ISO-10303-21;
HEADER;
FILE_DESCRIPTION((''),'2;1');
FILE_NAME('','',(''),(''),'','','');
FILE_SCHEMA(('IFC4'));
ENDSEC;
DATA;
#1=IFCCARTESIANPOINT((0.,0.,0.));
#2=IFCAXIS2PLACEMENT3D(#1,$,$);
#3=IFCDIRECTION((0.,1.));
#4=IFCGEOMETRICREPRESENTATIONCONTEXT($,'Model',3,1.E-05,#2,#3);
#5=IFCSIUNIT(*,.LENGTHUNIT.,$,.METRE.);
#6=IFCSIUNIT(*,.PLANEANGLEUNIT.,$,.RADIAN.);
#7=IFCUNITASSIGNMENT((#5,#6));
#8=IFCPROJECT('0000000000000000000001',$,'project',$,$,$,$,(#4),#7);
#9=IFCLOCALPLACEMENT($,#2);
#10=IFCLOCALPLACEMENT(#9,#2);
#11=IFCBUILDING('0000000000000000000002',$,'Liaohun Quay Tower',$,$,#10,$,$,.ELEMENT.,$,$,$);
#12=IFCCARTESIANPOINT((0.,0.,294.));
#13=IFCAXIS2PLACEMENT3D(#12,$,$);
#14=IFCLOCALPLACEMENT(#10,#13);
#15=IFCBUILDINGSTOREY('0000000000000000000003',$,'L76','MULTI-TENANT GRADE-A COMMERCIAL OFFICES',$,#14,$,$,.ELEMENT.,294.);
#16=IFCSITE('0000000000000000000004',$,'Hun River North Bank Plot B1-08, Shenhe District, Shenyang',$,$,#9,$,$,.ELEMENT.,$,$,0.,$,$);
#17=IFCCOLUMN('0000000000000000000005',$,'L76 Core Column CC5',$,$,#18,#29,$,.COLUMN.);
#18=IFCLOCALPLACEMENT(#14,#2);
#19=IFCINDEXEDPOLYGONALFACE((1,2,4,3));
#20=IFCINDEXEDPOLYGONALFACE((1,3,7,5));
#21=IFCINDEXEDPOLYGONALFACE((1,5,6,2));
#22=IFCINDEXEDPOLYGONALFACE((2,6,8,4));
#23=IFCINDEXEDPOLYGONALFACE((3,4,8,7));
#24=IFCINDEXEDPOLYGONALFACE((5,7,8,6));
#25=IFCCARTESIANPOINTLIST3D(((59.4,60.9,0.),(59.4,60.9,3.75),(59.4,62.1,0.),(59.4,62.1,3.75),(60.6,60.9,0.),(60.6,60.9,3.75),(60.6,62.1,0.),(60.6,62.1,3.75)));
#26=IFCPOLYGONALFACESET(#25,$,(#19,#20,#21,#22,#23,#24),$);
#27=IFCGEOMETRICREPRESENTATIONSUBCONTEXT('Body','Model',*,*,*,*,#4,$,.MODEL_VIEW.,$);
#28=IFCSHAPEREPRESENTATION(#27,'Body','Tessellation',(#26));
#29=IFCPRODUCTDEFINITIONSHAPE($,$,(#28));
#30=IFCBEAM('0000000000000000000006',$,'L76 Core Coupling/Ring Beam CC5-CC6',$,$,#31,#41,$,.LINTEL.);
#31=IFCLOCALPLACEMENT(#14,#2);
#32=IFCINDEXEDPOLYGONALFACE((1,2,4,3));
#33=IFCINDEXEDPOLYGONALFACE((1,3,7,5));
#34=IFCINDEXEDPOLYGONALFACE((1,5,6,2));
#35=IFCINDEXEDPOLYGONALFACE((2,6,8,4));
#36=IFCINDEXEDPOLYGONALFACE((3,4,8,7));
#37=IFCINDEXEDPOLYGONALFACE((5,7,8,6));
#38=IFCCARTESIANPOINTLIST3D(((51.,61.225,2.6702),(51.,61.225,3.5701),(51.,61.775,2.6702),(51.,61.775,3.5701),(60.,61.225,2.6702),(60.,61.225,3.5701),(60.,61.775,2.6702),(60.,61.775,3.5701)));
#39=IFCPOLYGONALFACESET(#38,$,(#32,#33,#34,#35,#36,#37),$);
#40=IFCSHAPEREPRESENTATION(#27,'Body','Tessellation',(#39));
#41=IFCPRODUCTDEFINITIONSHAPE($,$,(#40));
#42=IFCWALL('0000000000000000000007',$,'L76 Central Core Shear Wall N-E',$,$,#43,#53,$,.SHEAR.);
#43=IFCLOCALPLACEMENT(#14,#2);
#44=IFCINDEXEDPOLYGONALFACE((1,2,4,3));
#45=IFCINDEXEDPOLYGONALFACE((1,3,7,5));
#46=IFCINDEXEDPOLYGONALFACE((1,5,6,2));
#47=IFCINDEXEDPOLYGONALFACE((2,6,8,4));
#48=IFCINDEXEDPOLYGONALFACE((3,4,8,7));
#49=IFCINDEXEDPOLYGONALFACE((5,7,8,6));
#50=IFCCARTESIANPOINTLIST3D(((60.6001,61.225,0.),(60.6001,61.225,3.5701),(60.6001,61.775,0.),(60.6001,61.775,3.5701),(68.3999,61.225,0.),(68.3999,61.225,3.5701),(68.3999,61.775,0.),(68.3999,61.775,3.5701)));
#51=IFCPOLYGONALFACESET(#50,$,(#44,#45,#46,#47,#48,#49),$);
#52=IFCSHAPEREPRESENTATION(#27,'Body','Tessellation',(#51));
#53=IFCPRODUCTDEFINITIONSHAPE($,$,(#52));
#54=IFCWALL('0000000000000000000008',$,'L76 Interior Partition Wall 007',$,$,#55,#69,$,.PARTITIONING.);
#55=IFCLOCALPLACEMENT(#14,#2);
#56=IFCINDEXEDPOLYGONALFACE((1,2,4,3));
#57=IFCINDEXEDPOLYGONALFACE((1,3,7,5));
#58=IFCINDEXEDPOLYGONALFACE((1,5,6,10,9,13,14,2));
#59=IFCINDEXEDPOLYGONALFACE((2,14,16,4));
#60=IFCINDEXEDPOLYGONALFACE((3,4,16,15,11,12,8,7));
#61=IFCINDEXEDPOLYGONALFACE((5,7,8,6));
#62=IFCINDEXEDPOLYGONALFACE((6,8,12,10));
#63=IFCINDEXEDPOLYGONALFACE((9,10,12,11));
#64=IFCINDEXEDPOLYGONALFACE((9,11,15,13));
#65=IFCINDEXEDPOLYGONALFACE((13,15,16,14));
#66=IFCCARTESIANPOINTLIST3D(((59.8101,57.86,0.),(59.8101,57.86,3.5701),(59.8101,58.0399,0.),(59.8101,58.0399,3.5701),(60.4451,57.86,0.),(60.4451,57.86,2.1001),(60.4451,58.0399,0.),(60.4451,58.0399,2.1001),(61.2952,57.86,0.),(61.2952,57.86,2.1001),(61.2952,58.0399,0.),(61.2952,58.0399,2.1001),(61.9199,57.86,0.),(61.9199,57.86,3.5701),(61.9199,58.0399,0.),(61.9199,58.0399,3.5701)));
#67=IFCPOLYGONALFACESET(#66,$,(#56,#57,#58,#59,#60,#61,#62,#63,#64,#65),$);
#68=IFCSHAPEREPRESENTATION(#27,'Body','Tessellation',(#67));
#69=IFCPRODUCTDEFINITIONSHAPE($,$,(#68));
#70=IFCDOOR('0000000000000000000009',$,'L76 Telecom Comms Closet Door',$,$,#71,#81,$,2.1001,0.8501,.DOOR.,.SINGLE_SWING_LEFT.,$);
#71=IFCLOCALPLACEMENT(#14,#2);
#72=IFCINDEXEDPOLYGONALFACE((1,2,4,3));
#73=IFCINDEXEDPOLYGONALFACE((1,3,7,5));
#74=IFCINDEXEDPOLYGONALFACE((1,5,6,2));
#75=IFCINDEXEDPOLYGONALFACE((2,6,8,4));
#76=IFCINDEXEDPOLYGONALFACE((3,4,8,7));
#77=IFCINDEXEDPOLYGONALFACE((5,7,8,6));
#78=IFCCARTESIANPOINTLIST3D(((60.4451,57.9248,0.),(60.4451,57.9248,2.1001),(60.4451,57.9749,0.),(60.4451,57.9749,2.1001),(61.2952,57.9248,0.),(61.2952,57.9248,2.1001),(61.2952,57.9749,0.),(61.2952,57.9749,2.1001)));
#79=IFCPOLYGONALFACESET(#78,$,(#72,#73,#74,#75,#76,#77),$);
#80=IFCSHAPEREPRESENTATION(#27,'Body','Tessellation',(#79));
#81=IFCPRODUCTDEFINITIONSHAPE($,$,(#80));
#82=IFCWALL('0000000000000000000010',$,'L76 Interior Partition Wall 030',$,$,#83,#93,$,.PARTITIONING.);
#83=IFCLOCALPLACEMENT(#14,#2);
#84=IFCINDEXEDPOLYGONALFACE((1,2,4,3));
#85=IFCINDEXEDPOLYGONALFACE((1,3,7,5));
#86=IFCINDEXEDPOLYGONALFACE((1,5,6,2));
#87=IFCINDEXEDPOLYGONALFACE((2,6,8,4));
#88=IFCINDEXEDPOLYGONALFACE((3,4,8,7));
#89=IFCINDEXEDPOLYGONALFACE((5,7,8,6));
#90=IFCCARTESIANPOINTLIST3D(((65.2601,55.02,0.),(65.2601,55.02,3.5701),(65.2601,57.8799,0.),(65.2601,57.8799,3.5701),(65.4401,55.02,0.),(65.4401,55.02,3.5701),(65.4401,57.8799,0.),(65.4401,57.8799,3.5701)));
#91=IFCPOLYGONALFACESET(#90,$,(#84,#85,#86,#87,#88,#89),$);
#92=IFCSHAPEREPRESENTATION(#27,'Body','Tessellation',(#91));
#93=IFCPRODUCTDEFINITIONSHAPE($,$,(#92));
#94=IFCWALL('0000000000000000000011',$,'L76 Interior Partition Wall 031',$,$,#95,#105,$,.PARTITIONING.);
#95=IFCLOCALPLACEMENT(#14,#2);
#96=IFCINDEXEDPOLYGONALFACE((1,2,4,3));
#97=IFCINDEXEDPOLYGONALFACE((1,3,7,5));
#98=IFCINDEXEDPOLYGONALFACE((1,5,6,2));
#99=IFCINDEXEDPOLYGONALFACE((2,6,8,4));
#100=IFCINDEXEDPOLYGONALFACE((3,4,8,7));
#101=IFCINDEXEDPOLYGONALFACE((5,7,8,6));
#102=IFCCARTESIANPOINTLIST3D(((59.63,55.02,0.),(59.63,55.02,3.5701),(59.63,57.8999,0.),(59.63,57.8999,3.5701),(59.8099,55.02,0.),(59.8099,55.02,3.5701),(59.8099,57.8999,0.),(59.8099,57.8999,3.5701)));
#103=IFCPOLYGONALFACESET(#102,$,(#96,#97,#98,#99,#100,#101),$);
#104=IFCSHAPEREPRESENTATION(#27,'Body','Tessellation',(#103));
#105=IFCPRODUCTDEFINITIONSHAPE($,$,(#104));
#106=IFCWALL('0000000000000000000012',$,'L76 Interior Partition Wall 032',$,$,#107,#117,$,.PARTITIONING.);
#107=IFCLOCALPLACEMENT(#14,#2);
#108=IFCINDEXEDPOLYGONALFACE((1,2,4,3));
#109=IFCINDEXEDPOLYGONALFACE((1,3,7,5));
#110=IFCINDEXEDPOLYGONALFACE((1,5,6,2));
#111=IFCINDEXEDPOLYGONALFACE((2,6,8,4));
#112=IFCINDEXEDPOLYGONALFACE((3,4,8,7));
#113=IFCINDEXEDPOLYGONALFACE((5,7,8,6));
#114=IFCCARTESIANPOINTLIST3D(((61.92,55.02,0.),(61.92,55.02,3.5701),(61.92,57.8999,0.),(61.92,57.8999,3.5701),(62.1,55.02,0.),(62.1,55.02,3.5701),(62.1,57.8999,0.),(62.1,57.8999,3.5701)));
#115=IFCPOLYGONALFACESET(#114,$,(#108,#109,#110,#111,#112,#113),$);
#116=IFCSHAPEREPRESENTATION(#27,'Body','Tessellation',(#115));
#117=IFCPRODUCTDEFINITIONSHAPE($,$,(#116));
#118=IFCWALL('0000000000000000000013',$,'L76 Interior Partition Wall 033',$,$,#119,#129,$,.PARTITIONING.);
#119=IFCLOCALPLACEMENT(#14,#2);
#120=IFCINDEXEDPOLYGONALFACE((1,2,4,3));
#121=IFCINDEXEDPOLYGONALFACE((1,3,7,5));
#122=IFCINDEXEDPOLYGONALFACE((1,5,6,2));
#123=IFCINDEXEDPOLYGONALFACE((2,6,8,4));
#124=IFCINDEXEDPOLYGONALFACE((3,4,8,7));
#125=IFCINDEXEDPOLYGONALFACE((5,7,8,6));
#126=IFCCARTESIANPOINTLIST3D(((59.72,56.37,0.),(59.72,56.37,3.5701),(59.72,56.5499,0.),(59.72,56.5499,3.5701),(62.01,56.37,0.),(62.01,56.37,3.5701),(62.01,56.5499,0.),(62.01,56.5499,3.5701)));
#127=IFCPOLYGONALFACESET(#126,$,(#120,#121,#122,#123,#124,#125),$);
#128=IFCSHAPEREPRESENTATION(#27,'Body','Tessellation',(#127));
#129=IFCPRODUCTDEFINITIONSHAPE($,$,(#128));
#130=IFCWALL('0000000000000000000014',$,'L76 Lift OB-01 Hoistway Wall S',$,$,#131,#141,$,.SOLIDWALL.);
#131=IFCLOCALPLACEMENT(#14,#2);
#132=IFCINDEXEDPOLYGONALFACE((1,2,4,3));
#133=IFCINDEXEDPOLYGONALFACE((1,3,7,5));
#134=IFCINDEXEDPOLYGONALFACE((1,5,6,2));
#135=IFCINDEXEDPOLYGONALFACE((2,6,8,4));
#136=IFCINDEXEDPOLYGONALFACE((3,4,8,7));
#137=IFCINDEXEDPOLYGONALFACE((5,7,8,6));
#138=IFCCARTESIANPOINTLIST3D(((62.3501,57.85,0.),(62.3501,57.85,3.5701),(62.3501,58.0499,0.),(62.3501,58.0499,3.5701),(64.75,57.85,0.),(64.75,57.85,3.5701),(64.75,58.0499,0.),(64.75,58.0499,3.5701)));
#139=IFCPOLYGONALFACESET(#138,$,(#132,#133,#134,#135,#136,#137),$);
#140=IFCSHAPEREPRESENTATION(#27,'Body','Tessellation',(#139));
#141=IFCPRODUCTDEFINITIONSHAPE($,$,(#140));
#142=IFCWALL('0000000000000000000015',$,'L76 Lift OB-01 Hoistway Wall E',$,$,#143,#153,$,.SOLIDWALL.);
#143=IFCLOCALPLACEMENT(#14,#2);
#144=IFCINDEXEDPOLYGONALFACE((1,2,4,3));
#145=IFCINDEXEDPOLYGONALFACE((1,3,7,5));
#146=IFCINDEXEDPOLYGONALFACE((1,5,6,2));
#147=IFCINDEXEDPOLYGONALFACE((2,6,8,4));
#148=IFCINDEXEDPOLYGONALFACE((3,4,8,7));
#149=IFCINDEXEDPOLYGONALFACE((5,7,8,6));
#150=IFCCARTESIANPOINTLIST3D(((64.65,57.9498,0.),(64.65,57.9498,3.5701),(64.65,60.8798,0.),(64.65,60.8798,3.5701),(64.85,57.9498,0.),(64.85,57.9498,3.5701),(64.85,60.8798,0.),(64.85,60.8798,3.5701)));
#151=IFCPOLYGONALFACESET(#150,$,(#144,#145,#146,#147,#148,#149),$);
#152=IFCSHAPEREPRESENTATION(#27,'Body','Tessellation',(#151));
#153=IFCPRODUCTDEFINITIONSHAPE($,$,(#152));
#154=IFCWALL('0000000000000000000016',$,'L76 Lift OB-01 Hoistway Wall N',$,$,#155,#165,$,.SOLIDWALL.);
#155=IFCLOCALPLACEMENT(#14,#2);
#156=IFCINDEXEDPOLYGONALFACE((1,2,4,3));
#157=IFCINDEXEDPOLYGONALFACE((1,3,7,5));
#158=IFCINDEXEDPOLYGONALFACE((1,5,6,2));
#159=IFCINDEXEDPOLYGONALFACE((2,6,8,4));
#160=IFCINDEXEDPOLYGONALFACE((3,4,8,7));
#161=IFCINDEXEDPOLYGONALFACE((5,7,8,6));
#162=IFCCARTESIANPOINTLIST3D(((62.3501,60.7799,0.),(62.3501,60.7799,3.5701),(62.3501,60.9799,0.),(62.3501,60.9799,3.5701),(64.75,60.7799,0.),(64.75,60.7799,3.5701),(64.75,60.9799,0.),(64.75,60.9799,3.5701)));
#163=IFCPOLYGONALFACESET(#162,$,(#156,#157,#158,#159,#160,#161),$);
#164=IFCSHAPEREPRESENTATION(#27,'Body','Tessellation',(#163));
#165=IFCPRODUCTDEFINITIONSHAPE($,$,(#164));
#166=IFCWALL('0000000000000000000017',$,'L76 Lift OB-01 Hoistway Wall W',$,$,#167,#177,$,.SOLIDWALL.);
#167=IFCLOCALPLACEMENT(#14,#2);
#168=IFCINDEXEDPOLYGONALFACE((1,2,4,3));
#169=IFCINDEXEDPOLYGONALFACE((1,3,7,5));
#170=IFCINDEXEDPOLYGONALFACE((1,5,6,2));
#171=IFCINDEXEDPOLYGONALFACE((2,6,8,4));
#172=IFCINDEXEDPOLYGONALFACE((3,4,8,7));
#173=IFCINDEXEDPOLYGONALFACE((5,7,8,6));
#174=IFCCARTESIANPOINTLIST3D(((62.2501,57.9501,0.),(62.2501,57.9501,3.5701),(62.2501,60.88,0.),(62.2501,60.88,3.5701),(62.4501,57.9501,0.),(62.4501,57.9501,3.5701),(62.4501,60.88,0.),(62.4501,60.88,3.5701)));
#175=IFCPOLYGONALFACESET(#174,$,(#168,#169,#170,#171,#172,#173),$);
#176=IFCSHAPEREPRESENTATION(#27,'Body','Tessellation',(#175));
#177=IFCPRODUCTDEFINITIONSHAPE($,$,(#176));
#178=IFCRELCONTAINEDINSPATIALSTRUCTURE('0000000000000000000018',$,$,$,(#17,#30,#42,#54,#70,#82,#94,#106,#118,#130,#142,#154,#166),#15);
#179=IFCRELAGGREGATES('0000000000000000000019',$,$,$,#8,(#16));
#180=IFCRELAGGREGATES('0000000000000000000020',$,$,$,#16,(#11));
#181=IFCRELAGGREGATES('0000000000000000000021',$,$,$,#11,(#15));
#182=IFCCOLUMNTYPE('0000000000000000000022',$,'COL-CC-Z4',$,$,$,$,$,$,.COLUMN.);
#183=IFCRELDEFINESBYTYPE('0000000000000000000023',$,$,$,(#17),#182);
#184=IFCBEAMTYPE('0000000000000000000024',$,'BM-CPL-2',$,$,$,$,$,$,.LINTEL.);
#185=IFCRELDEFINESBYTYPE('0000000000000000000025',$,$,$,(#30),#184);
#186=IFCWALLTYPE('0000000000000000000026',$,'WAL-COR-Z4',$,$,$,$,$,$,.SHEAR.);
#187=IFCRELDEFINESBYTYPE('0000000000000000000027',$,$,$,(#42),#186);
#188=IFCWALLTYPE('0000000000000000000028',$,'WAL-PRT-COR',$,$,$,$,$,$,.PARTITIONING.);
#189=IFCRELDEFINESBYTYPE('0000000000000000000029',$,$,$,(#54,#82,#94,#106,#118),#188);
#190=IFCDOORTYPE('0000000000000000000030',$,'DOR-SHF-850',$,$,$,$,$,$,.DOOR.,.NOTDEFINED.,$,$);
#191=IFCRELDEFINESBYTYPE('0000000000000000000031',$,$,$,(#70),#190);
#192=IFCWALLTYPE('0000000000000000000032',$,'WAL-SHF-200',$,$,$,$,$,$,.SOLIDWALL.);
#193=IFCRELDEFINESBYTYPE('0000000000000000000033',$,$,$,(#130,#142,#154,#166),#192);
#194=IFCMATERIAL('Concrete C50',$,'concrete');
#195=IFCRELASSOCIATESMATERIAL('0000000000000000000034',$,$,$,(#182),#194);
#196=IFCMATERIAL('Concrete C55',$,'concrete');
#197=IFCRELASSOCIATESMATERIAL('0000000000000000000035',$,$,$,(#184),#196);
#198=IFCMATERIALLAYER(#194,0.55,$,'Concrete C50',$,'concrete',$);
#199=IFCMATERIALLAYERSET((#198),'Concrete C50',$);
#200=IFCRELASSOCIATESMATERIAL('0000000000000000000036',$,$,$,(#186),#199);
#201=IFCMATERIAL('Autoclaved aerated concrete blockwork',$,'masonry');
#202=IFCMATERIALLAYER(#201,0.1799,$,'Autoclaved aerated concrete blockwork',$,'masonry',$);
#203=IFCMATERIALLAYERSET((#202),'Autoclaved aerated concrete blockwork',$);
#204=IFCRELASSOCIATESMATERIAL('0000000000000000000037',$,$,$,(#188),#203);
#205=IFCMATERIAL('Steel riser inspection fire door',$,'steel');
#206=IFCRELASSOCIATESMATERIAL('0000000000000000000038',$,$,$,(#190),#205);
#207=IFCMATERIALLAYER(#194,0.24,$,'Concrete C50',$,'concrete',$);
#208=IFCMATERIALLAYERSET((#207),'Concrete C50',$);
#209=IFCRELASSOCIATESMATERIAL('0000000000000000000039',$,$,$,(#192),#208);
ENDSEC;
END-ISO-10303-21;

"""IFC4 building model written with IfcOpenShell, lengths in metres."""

from ifc_helpers import new_model, si_unit, direction, frame, frame_2d, origin, origin_2d, place, context, subcontext, project, spatial, rectangle, extrude, source, transform, mapped, material, layer, layer_set, material_profile, profile_set, type_object, element, fill, save


model = new_model("IFC4")

# Units and contexts
model_context = context("Model", 3, precision=1e-05, world=origin(), true_north=direction((0.0, 1.0)))
body_context = subcontext(model_context, "Body", "Model", "MODEL_VIEW")
ifc_project = project(units=[si_unit("LENGTHUNIT", "METRE"), si_unit("PLANEANGLEUNIT", "RADIAN")], contexts=[model_context])

# Site, building, storey
site_placement = place(None, origin())
site = spatial("IfcSite", under=ifc_project, at=site_placement, Name="Hun River North Bank Plot B1-08, Shenhe District, Shenyang", CompositionType="ELEMENT", RefElevation=0.0)
building_placement = place(site_placement, origin())
building = spatial("IfcBuilding", under=site, at=building_placement, Name="Liaohun Quay Tower", CompositionType="ELEMENT")
storey_placement = place(building_placement, frame((0.0, 0.0, 294.0)))
storey = spatial("IfcBuildingStorey", under=building, at=storey_placement, Name="L76", Description="MULTI-TENANT GRADE-A COMMERCIAL OFFICES", CompositionType="ELEMENT", Elevation=294.0)

# Column
ifc_material_1 = material(Name="Concrete C50", Category="concrete")
ifc_material_profile_1 = material_profile(ifc_material_1, rectangle(XDim=1.2, YDim=1.2, at=origin_2d()), Name="RC1200x1200")
ifc_profile_set_1 = profile_set([ifc_material_profile_1], Name="Concrete C50")
column_type = type_object("IfcColumnType", Name="COL-CC-Z4", PredefinedType="COLUMN", material=ifc_profile_set_1)
shared_shape_1 = source(origin(), body_context, "Body", "SweptSolid", [
    extrude(rectangle(XDim=1.2, YDim=1.2, at=origin_2d()), origin(), (0.0, 0.0, 1.0), 3.75),
])
column_placement = place(storey_placement, frame((60.0, 61.5, 0.0), z_axis=(0.0, 0.0, 1.0), x_axis=(1.0, 0.0, 0.0)))
element("IfcColumn", 1, at=column_placement, inside=storey, type_object=column_type, Name="L76 Core Column CC5", PredefinedType="COLUMN", context=body_context, shape_type="MappedRepresentation", body=[
    mapped(shared_shape_1, transform((0.0, 0.0, 0.0), x_axis=(1.0, 0.0, 0.0), y_axis=(0.0, 1.0, 0.0), z_axis=(0.0, 0.0, 1.0), scale=1.0)),
])

# Beam
ifc_material_2 = material(Name="Concrete C55", Category="concrete")
ifc_material_profile_2 = material_profile(ifc_material_2, rectangle(XDim=0.55, YDim=0.8999, at=origin_2d()), Name="RC550x900")
ifc_profile_set_2 = profile_set([ifc_material_profile_2], Name="Concrete C55")
beam_type = type_object("IfcBeamType", Name="BM-CPL-2", PredefinedType="LINTEL", material=ifc_profile_set_2)
shared_shape_2 = source(origin(), body_context, "Body", "SweptSolid", [
    extrude(rectangle(XDim=0.55, YDim=0.8999, at=origin_2d()), origin(), (0.0, 0.0, 1.0), 9.0),
])
beam_placement = place(storey_placement, frame((60.0, 61.5, 3.1201), z_axis=(-1.0, 0.0, 0.0), x_axis=(0.0, -1.0, 0.0)))
element("IfcBeam", 2, at=beam_placement, inside=storey, type_object=beam_type, Name="L76 Core Coupling/Ring Beam CC5-CC6", PredefinedType="LINTEL", context=body_context, shape_type="MappedRepresentation", body=[
    mapped(shared_shape_2, transform((0.0, 0.0, 0.0), x_axis=(1.0, 0.0, 0.0), y_axis=(0.0, 1.0, 0.0), z_axis=(0.0, 0.0, 1.0), scale=1.0)),
])

# Wall
ifc_layer_1 = layer(ifc_material_1, 0.55, Name="Concrete C50", Category="concrete")
ifc_layer_set_1 = layer_set([ifc_layer_1], Name="Concrete C50")
wall_type_1 = type_object("IfcWallType", Name="WAL-COR-Z4", PredefinedType="SHEAR", material=ifc_layer_set_1)
wall_1_placement = place(storey_placement, frame((60.6001, 61.5, 0.0), z_axis=(0.0, 0.0, 1.0), x_axis=(1.0, 0.0, 0.0)))
element("IfcWall", 3, at=wall_1_placement, inside=storey, type_object=wall_type_1, Name="L76 Central Core Shear Wall N-E", PredefinedType="SHEAR", context=body_context, shape_type="SweptSolid", body=[
    extrude(rectangle(XDim=7.7998, YDim=0.55, at=frame_2d((3.8999, 0.0))), origin(), (0.0, 0.0, 1.0), 3.5701),
])

# Wall, opening, door
ifc_material_3 = material(Name="Autoclaved aerated concrete blockwork", Category="masonry")
ifc_layer_2 = layer(ifc_material_3, 0.1799, Name="Autoclaved aerated concrete blockwork", Category="masonry")
ifc_layer_set_2 = layer_set([ifc_layer_2], Name="Autoclaved aerated concrete blockwork")
wall_type_2 = type_object("IfcWallType", Name="WAL-PRT-COR", PredefinedType="PARTITIONING", material=ifc_layer_set_2)
wall_2_placement = place(storey_placement, frame((59.8101, 57.95, 0.0), z_axis=(0.0, 0.0, 1.0), x_axis=(1.0, 0.0, 0.0)))
wall_2 = element("IfcWall", 4, at=wall_2_placement, inside=storey, type_object=wall_type_2, Name="L76 Interior Partition Wall 007", PredefinedType="PARTITIONING", context=body_context, shape_type="SweptSolid", body=[
    extrude(rectangle(XDim=2.1099, YDim=0.1799, at=frame_2d((1.0549, 0.0))), origin(), (0.0, 0.0, 1.0), 3.5701),
])
shared_shape_3 = source(origin(), body_context, "Body", "SweptSolid", [
    extrude(rectangle(XDim=0.8501, YDim=2.1001, at=frame_2d((0.425, 1.05))), frame((0.0, 0.0999, 0.0), z_axis=(0.0, -1.0, 0.0), x_axis=(1.0, 0.0, 0.0)), (0.0, 0.0, 1.0), 0.2),
])
opening_placement = place(wall_2_placement, frame((0.635, 0.0, 0.0)))
opening = element("IfcOpeningElement", 5, at=opening_placement, cuts=wall_2, PredefinedType="OPENING", context=body_context, shape_type="MappedRepresentation", body=[
    mapped(shared_shape_3, transform((0.0, 0.0, 0.0), x_axis=(1.0, 0.0, 0.0), y_axis=(0.0, 1.0, 0.0), z_axis=(0.0, 0.0, 1.0), scale=1.0)),
])
ifc_material_4 = material(Name="Steel riser inspection fire door", Category="steel")
door_type = type_object("IfcDoorType", Name="DOR-SHF-850", OperationType="NOTDEFINED", PredefinedType="DOOR", material=ifc_material_4)
shared_shape_4 = source(origin(), body_context, "Body", "SweptSolid", [
    extrude(rectangle(XDim=0.8501, YDim=2.1001, at=frame_2d((0.425, 1.05))), frame((0.0, 0.0249, 0.0), z_axis=(0.0, -1.0, 0.0), x_axis=(1.0, 0.0, 0.0)), (0.0, 0.0, 1.0), 0.05),
])
door_placement = place(opening_placement, origin())
door = element("IfcDoor", 6, at=door_placement, inside=storey, type_object=door_type, Name="L76 Telecom Comms Closet Door", OperationType="SINGLE_SWING_LEFT", OverallHeight=2.1001, OverallWidth=0.8501, PredefinedType="DOOR", context=body_context, shape_type="MappedRepresentation", body=[
    mapped(shared_shape_4, transform((0.0, 0.0, 0.0), x_axis=(1.0, 0.0, 0.0), y_axis=(0.0, 1.0, 0.0), z_axis=(0.0, 0.0, 1.0), scale=1.0)),
])
fill(opening, door)

# Walls
wall_3_placement = place(storey_placement, frame((65.3501, 55.02, 0.0), z_axis=(0.0, 0.0, 1.0), x_axis=(0.0, 1.0, 0.0)))
element("IfcWall", 7, at=wall_3_placement, inside=storey, type_object=wall_type_2, Name="L76 Interior Partition Wall 030", PredefinedType="PARTITIONING", context=body_context, shape_type="SweptSolid", body=[
    extrude(rectangle(XDim=2.8599, YDim=0.1799, at=frame_2d((1.4299, 0.0))), origin(), (0.0, 0.0, 1.0), 3.5701),
])
for number, where, z_axis, x_axis, name in (
    (8, (59.72, 55.02, 0.0), (0.0, 0.0, 1.0), (0.0, 1.0, 0.0), "L76 Interior Partition Wall 031"),
    (9, (62.01, 55.02, 0.0), (0.0, 0.0, 1.0), (0.0, 1.0, 0.0), "L76 Interior Partition Wall 032"),
):
    element("IfcWall", number, at=place(storey_placement, frame(where, z_axis=z_axis, x_axis=x_axis)), inside=storey, type_object=wall_type_2, Name=name, PredefinedType="PARTITIONING", context=body_context, shape_type="SweptSolid", body=[
        extrude(rectangle(XDim=2.8799, YDim=0.1799, at=frame_2d((1.4399, 0.0))), origin(), (0.0, 0.0, 1.0), 3.5701),
    ])
wall_4_placement = place(storey_placement, frame((59.72, 56.46, 0.0), z_axis=(0.0, 0.0, 1.0), x_axis=(1.0, 0.0, 0.0)))
element("IfcWall", 10, at=wall_4_placement, inside=storey, type_object=wall_type_2, Name="L76 Interior Partition Wall 033", PredefinedType="PARTITIONING", context=body_context, shape_type="SweptSolid", body=[
    extrude(rectangle(XDim=2.29, YDim=0.1799, at=frame_2d((1.145, 0.0))), origin(), (0.0, 0.0, 1.0), 3.5701),
])
ifc_layer_3 = layer(ifc_material_1, 0.24, Name="Concrete C50", Category="concrete")
ifc_layer_set_3 = layer_set([ifc_layer_3], Name="Concrete C50")
wall_type_3 = type_object("IfcWallType", Name="WAL-SHF-200", PredefinedType="SOLIDWALL", material=ifc_layer_set_3)
wall_5_placement = place(storey_placement, frame((62.3501, 57.95, 0.0), z_axis=(0.0, 0.0, 1.0), x_axis=(1.0, 0.0, 0.0)))
element("IfcWall", 11, at=wall_5_placement, inside=storey, type_object=wall_type_3, Name="L76 Lift OB-01 Hoistway Wall S", PredefinedType="SOLIDWALL", context=body_context, shape_type="SweptSolid", body=[
    extrude(rectangle(XDim=2.3999, YDim=0.2, at=frame_2d((1.2, 0.0))), origin(), (0.0, 0.0, 1.0), 3.5701),
])
wall_6_placement = place(storey_placement, frame((64.75, 57.95, 0.0), z_axis=(0.0, 0.0, 1.0), x_axis=(0.0, 1.0, 0.0)))
element("IfcWall", 12, at=wall_6_placement, inside=storey, type_object=wall_type_3, Name="L76 Lift OB-01 Hoistway Wall E", PredefinedType="SOLIDWALL", context=body_context, shape_type="SweptSolid", body=[
    extrude(rectangle(XDim=2.9299, YDim=0.2, at=frame_2d((1.4648, 0.0))), origin(), (0.0, 0.0, 1.0), 3.5701),
])
wall_7_placement = place(storey_placement, frame((64.75, 60.8799, 0.0), z_axis=(0.0, 0.0, 1.0), x_axis=(-1.0, 0.0, 0.0)))
element("IfcWall", 13, at=wall_7_placement, inside=storey, type_object=wall_type_3, Name="L76 Lift OB-01 Hoistway Wall N", PredefinedType="SOLIDWALL", context=body_context, shape_type="SweptSolid", body=[
    extrude(rectangle(XDim=2.3999, YDim=0.2, at=frame_2d((1.2, 0.0))), origin(), (0.0, 0.0, 1.0), 3.5701),
])
wall_8_placement = place(storey_placement, frame((62.3501, 60.8799, 0.0), z_axis=(0.0, 0.0, 1.0), x_axis=(0.0, -1.0, 0.0)))
element("IfcWall", 14, at=wall_8_placement, inside=storey, type_object=wall_type_3, Name="L76 Lift OB-01 Hoistway Wall W", PredefinedType="SOLIDWALL", context=body_context, shape_type="SweptSolid", body=[
    extrude(rectangle(XDim=2.9299, YDim=0.2, at=frame_2d((1.4648, 0.0))), origin(), (0.0, 0.0, 1.0), 3.5701),
])

save(model, "model.ifc")
